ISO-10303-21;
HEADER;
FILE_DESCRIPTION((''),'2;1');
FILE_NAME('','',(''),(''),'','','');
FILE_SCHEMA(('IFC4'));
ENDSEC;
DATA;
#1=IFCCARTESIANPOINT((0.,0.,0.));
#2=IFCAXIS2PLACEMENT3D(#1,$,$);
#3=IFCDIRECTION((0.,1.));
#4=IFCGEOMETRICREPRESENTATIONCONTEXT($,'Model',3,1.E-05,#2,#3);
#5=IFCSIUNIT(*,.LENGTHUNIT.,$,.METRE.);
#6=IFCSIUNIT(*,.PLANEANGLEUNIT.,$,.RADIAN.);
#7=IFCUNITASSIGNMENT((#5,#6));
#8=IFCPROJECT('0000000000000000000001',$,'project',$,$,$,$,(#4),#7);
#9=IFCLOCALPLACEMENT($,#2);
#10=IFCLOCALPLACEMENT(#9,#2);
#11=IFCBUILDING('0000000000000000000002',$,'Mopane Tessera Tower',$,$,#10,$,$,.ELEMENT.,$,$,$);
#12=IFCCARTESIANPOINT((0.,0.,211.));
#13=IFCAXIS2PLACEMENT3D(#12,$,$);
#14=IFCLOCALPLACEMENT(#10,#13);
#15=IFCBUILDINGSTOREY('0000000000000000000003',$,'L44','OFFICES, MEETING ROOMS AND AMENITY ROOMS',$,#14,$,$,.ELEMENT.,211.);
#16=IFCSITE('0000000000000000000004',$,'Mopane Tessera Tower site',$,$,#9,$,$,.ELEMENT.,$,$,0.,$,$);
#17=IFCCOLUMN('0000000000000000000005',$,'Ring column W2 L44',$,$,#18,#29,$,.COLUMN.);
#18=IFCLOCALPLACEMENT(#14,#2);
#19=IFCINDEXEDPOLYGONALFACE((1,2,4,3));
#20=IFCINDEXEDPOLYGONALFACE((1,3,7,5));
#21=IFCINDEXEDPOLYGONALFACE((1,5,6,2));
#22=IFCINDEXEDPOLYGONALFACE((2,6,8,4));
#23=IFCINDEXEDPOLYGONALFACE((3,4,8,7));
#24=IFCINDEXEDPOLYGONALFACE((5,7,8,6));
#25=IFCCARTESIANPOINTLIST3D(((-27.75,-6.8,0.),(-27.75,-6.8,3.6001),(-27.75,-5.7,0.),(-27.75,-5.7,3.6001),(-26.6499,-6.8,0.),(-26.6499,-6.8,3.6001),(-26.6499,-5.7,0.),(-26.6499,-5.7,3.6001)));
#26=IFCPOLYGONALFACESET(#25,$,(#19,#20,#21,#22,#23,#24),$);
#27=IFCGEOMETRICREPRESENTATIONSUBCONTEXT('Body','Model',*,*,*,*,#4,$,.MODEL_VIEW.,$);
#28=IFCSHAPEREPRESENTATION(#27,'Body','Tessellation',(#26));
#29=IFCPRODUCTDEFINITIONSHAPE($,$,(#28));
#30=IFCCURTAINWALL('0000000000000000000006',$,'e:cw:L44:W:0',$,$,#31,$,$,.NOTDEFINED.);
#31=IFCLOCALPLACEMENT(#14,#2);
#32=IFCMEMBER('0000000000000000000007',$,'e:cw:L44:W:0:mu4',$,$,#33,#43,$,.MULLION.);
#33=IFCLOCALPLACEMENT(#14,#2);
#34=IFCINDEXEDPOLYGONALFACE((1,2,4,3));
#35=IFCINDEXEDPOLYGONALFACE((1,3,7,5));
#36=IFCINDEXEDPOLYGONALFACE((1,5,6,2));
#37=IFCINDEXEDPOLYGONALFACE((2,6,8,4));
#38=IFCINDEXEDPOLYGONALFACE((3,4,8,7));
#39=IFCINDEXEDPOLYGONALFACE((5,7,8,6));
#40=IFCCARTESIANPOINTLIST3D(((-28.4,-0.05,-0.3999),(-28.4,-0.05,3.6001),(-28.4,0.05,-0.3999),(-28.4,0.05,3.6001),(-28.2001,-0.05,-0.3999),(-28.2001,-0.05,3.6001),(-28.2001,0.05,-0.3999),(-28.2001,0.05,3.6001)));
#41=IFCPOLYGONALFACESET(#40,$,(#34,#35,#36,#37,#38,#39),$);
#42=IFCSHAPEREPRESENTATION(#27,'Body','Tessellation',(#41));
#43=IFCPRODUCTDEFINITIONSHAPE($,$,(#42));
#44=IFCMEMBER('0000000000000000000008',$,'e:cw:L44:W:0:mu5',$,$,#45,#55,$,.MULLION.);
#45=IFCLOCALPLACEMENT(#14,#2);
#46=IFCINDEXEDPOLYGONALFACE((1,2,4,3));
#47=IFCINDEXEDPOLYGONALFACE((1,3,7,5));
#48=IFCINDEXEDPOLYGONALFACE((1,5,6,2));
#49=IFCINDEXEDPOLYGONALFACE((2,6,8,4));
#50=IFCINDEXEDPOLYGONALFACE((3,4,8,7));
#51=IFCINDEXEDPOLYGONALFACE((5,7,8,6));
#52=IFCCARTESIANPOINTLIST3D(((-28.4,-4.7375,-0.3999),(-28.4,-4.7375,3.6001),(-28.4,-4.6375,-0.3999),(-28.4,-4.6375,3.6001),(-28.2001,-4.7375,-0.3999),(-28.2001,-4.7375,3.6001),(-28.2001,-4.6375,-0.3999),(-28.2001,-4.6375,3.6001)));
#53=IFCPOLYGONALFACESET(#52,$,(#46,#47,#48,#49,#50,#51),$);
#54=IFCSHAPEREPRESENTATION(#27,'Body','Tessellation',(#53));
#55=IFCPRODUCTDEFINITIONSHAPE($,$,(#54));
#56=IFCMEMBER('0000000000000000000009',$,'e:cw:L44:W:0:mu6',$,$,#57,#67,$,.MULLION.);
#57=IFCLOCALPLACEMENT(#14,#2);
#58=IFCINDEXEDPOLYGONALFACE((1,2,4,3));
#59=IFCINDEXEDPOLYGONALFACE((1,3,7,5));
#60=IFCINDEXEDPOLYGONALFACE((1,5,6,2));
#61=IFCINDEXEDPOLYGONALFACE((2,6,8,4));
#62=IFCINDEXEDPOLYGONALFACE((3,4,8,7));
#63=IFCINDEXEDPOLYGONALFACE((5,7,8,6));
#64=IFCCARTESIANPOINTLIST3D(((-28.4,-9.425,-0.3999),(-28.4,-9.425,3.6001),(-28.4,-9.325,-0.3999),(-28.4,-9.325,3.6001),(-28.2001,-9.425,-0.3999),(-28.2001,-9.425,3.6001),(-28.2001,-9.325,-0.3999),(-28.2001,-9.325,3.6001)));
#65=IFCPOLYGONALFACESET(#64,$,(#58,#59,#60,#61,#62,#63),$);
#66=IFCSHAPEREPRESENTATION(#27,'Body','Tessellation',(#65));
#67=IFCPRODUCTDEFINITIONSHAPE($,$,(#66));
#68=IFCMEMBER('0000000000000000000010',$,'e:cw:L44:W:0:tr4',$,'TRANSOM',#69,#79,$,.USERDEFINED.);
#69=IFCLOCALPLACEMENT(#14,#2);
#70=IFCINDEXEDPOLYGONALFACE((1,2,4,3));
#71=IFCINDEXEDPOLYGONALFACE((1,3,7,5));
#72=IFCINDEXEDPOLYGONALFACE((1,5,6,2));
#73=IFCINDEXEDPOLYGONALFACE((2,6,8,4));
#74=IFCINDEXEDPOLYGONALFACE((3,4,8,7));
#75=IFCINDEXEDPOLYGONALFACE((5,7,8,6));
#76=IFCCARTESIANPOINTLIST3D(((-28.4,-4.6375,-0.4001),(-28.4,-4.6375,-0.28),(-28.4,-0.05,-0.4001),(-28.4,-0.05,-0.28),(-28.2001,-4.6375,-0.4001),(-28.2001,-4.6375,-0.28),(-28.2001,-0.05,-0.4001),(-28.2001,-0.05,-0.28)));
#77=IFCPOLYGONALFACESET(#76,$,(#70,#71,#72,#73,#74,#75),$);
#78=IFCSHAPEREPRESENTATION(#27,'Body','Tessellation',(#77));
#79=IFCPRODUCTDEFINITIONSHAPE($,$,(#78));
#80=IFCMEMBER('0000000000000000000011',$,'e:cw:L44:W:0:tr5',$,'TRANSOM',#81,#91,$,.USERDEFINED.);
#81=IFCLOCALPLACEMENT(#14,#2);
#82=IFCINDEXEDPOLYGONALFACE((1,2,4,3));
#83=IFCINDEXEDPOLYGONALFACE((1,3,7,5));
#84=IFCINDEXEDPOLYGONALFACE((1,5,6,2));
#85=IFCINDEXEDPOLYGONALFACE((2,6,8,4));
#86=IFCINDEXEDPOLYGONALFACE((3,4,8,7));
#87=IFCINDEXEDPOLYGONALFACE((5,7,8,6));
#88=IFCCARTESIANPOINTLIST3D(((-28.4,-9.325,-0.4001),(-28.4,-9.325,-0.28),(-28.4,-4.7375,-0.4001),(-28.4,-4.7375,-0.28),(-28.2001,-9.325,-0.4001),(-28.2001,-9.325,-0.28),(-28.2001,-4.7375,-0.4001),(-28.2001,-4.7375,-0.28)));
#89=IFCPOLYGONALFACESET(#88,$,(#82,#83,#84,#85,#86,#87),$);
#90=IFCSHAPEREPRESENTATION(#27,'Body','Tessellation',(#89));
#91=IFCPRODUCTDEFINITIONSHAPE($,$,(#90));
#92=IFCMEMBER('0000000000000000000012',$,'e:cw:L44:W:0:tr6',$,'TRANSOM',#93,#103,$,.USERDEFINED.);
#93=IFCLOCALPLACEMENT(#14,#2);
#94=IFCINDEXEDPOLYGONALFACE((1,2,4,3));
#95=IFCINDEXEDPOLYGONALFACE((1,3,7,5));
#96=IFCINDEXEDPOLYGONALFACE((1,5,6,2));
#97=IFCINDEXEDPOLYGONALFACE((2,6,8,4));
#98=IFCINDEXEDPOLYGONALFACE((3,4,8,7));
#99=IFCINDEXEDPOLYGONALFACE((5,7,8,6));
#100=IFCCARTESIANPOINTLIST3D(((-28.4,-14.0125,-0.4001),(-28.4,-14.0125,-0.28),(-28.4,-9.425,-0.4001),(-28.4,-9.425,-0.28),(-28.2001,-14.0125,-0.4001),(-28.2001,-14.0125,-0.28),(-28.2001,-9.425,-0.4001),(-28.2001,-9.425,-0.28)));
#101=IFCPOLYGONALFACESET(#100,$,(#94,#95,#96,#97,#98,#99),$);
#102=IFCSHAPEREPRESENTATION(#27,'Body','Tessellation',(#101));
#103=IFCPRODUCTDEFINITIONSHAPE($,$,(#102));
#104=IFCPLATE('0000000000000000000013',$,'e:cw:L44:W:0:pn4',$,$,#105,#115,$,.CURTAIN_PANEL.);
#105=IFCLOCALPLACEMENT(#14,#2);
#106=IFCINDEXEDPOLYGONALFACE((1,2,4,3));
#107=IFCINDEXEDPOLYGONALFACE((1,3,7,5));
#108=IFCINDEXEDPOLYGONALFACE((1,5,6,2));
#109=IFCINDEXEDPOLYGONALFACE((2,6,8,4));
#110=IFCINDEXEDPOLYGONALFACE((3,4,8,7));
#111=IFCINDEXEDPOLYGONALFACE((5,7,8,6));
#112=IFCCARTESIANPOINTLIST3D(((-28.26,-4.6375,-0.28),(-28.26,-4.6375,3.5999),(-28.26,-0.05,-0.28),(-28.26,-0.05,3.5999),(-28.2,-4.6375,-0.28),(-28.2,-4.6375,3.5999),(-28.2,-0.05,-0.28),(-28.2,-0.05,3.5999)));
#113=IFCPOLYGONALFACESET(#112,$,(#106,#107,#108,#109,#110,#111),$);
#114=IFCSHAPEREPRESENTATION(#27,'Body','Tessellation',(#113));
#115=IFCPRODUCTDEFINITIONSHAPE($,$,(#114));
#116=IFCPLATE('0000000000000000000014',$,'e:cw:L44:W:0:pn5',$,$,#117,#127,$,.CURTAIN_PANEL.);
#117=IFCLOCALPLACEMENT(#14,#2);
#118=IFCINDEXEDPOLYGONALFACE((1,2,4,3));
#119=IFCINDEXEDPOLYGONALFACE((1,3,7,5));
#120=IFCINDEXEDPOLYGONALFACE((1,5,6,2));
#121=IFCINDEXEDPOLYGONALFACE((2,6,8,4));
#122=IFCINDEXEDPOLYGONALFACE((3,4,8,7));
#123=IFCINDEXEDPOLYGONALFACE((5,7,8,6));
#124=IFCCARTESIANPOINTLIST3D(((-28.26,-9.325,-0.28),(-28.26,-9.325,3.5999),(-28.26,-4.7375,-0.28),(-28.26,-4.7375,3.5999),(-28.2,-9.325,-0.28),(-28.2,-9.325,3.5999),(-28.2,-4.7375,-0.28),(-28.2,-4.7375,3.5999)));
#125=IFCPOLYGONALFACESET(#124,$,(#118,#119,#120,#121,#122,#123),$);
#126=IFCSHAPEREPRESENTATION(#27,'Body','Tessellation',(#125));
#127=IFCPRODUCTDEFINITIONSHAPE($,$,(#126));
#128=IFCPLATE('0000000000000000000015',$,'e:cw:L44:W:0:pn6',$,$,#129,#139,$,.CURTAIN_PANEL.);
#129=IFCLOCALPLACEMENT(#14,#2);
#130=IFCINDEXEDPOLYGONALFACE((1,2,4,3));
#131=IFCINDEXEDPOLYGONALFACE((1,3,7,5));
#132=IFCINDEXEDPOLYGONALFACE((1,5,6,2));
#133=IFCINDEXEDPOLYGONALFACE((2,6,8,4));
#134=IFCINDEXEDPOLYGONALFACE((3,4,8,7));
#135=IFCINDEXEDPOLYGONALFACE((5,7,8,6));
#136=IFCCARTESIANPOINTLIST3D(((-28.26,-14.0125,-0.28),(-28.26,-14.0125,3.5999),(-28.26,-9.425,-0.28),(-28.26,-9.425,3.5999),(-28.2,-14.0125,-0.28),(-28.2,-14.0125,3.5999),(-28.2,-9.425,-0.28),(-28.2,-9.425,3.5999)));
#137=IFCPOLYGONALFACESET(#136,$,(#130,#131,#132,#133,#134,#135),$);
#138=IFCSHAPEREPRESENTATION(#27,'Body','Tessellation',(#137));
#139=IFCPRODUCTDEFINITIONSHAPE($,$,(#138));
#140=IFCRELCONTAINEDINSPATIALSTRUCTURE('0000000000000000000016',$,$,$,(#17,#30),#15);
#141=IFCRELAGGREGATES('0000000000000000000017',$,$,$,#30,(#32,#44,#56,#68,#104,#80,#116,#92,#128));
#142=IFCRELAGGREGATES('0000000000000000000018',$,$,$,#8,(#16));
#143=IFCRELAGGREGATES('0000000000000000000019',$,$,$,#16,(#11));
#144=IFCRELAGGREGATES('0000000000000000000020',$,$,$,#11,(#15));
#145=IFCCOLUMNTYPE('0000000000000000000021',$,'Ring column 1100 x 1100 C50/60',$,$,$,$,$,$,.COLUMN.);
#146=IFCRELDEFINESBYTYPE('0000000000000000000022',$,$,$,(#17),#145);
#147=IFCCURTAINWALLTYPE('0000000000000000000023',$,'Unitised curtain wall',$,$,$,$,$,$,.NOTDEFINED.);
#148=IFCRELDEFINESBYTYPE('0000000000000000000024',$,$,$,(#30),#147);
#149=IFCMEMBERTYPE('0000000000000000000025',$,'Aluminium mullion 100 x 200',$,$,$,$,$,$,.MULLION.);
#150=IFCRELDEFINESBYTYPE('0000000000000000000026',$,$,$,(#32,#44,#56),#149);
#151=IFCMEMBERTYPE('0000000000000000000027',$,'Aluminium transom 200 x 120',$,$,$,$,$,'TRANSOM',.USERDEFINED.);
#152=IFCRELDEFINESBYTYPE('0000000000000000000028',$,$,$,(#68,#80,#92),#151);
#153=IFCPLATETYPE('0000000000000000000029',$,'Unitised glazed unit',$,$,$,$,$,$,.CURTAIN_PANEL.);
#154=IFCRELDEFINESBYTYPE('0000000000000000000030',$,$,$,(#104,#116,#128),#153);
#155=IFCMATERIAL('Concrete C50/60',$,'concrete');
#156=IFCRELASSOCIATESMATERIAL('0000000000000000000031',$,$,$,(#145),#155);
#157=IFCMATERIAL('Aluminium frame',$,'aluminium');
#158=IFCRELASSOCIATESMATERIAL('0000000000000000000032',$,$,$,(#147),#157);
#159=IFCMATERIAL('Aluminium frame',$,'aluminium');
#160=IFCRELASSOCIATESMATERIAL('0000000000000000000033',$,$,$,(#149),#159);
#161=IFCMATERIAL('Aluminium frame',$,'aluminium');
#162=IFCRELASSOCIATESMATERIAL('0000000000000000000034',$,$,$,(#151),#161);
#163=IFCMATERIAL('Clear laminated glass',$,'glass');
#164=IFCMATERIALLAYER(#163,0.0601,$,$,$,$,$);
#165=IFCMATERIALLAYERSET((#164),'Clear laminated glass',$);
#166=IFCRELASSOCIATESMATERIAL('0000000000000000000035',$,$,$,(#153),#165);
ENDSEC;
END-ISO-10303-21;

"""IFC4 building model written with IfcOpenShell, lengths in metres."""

from ifc_helpers import new_model, si_unit, direction, frame, origin, origin_2d, place, context, subcontext, project, spatial, rectangle, extrude, material, layer, layer_set, material_profile, profile_set, type_object, element, aggregate, save


model = new_model("IFC4")

# Units and contexts
model_context = context("Model", 3, precision=1e-05, world=origin(), true_north=direction((0.0, 1.0)))
body_context = subcontext(model_context, "Body", "Model", "MODEL_VIEW")
ifc_project = project(units=[si_unit("LENGTHUNIT", "METRE"), si_unit("PLANEANGLEUNIT", "RADIAN")], contexts=[model_context])

# Site, building, storey
site_placement = place(None, origin())
site = spatial("IfcSite", under=ifc_project, at=site_placement, Name="Mopane Tessera Tower site", CompositionType="ELEMENT", RefElevation=0.0)
building_placement = place(site_placement, origin())
building = spatial("IfcBuilding", under=site, at=building_placement, Name="Mopane Tessera Tower", CompositionType="ELEMENT")
storey_placement = place(building_placement, frame((0.0, 0.0, 211.0)))
storey = spatial("IfcBuildingStorey", under=building, at=storey_placement, Name="L44", Description="OFFICES, MEETING ROOMS AND AMENITY ROOMS", CompositionType="ELEMENT", Elevation=211.0)

# Column
ifc_material_1 = material(Name="Concrete C50/60", Category="concrete")
ifc_material_profile_1 = material_profile(ifc_material_1, rectangle(XDim=1.1001, YDim=1.1001, at=origin_2d()))
ifc_profile_set_1 = profile_set([ifc_material_profile_1], Name="Concrete C50/60")
column_type = type_object("IfcColumnType", Name="Ring column 1100 x 1100 C50/60", PredefinedType="COLUMN", material=ifc_profile_set_1)
column_placement = place(storey_placement, frame((-27.2, -6.25, 0.0), z_axis=(0.0, 0.0, 1.0), x_axis=(1.0, 0.0, 0.0)))
element("IfcColumn", 1, at=column_placement, inside=storey, type_object=column_type, Name="Ring column W2 L44", PredefinedType="COLUMN", context=body_context, shape_type="SweptSolid", body=[
    extrude(rectangle(XDim=1.1001, YDim=1.1001, at=origin_2d()), origin(), (0.0, 0.0, 1.0), 3.6001),
])

# Curtain wall, members, plates
ifc_material_2 = material(Name="Aluminium frame", Category="aluminium")
curtain_wall_type = type_object("IfcCurtainWallType", Name="Unitised curtain wall", PredefinedType="NOTDEFINED", material=ifc_material_2)
curtain_wall_placement = place(storey_placement, origin())
curtain_wall = element("IfcCurtainWall", 2, at=curtain_wall_placement, inside=storey, type_object=curtain_wall_type, Name="e:cw:L44:W:0", PredefinedType="NOTDEFINED")
ifc_material_3 = material(Name="Aluminium frame", Category="aluminium")
ifc_material_profile_2 = material_profile(ifc_material_3, rectangle(XDim=0.1001, YDim=0.2, at=origin_2d()))
ifc_profile_set_2 = profile_set([ifc_material_profile_2], Name="Aluminium frame")
member_type_1 = type_object("IfcMemberType", Name="Aluminium mullion 100 x 200", PredefinedType="MULLION", material=ifc_profile_set_2)
member_1_placement = place(storey_placement, frame((-28.3, 0.0, -0.3999), z_axis=(0.0, 0.0, 1.0), x_axis=(0.0, -1.0, 0.0)))
member_1 = element("IfcMember", 3, at=member_1_placement, type_object=member_type_1, Name="e:cw:L44:W:0:mu4", PredefinedType="MULLION", context=body_context, shape_type="SweptSolid", body=[
    extrude(rectangle(XDim=0.1001, YDim=0.2, at=origin_2d()), origin(), (0.0, 0.0, 1.0), 4.0),
])
member_2_placement = place(storey_placement, frame((-28.3, -4.6875, -0.3999), z_axis=(0.0, 0.0, 1.0), x_axis=(0.0, -1.0, 0.0)))
member_2 = element("IfcMember", 4, at=member_2_placement, type_object=member_type_1, Name="e:cw:L44:W:0:mu5", PredefinedType="MULLION", context=body_context, shape_type="SweptSolid", body=[
    extrude(rectangle(XDim=0.1001, YDim=0.2, at=origin_2d()), origin(), (0.0, 0.0, 1.0), 4.0),
])
member_3_placement = place(storey_placement, frame((-28.3, -9.375, -0.3999), z_axis=(0.0, 0.0, 1.0), x_axis=(0.0, -1.0, 0.0)))
member_3 = element("IfcMember", 5, at=member_3_placement, type_object=member_type_1, Name="e:cw:L44:W:0:mu6", PredefinedType="MULLION", context=body_context, shape_type="SweptSolid", body=[
    extrude(rectangle(XDim=0.1001, YDim=0.2, at=origin_2d()), origin(), (0.0, 0.0, 1.0), 4.0),
])
ifc_material_4 = material(Name="Aluminium frame", Category="aluminium")
ifc_material_profile_3 = material_profile(ifc_material_4, rectangle(XDim=0.2, YDim=0.1201, at=origin_2d()))
ifc_profile_set_3 = profile_set([ifc_material_profile_3], Name="Aluminium frame")
member_type_2 = type_object("IfcMemberType", Name="Aluminium transom 200 x 120", ElementType="TRANSOM", PredefinedType="USERDEFINED", material=ifc_profile_set_3)
member_4_placement = place(storey_placement, frame((-28.3, -0.05, -0.3401), z_axis=(0.0, -1.0, 0.0), x_axis=(1.0, 0.0, 0.0)))
member_4 = element("IfcMember", 6, at=member_4_placement, type_object=member_type_2, Name="e:cw:L44:W:0:tr4", ObjectType="TRANSOM", PredefinedType="USERDEFINED", context=body_context, shape_type="SweptSolid", body=[
    extrude(rectangle(XDim=0.2, YDim=0.1201, at=origin_2d()), origin(), (0.0, 0.0, 1.0), 4.5874),
])
member_5_placement = place(storey_placement, frame((-28.3, -4.7375, -0.3401), z_axis=(0.0, -1.0, 0.0), x_axis=(1.0, 0.0, 0.0)))
member_5 = element("IfcMember", 7, at=member_5_placement, type_object=member_type_2, Name="e:cw:L44:W:0:tr5", ObjectType="TRANSOM", PredefinedType="USERDEFINED", context=body_context, shape_type="SweptSolid", body=[
    extrude(rectangle(XDim=0.2, YDim=0.1201, at=origin_2d()), origin(), (0.0, 0.0, 1.0), 4.5874),
])
member_6_placement = place(storey_placement, frame((-28.3, -9.425, -0.3401), z_axis=(0.0, -1.0, 0.0), x_axis=(1.0, 0.0, 0.0)))
member_6 = element("IfcMember", 8, at=member_6_placement, type_object=member_type_2, Name="e:cw:L44:W:0:tr6", ObjectType="TRANSOM", PredefinedType="USERDEFINED", context=body_context, shape_type="SweptSolid", body=[
    extrude(rectangle(XDim=0.2, YDim=0.1201, at=origin_2d()), origin(), (0.0, 0.0, 1.0), 4.5874),
])
ifc_material_5 = material(Name="Clear laminated glass", Category="glass")
ifc_layer_1 = layer(ifc_material_5, 0.0601)
ifc_layer_set_1 = layer_set([ifc_layer_1], Name="Clear laminated glass")
plate_type = type_object("IfcPlateType", Name="Unitised glazed unit", PredefinedType="CURTAIN_PANEL", material=ifc_layer_set_1)
plate_1_placement = place(storey_placement, frame((-28.23, -2.3438, -0.28), z_axis=(0.0, 0.0, 1.0), x_axis=(0.0, -1.0, 0.0)))
plate_1 = element("IfcPlate", 9, at=plate_1_placement, type_object=plate_type, Name="e:cw:L44:W:0:pn4", PredefinedType="CURTAIN_PANEL", context=body_context, shape_type="SweptSolid", body=[
    extrude(rectangle(XDim=4.5874, YDim=0.0601, at=origin_2d()), origin(), (0.0, 0.0, 1.0), 3.8799),
])
plate_2_placement = place(storey_placement, frame((-28.23, -7.0312, -0.28), z_axis=(0.0, 0.0, 1.0), x_axis=(0.0, -1.0, 0.0)))
plate_2 = element("IfcPlate", 10, at=plate_2_placement, type_object=plate_type, Name="e:cw:L44:W:0:pn5", PredefinedType="CURTAIN_PANEL", context=body_context, shape_type="SweptSolid", body=[
    extrude(rectangle(XDim=4.5874, YDim=0.0601, at=origin_2d()), origin(), (0.0, 0.0, 1.0), 3.8799),
])
plate_3_placement = place(storey_placement, frame((-28.23, -11.7188, -0.28), z_axis=(0.0, 0.0, 1.0), x_axis=(0.0, -1.0, 0.0)))
plate_3 = element("IfcPlate", 11, at=plate_3_placement, type_object=plate_type, Name="e:cw:L44:W:0:pn6", PredefinedType="CURTAIN_PANEL", context=body_context, shape_type="SweptSolid", body=[
    extrude(rectangle(XDim=4.5874, YDim=0.0601, at=origin_2d()), origin(), (0.0, 0.0, 1.0), 3.8799),
])
aggregate(curtain_wall, [member_1, member_2, member_3, member_4, plate_1, member_5, plate_2, member_6, plate_3])

save(model, "model.ifc")
